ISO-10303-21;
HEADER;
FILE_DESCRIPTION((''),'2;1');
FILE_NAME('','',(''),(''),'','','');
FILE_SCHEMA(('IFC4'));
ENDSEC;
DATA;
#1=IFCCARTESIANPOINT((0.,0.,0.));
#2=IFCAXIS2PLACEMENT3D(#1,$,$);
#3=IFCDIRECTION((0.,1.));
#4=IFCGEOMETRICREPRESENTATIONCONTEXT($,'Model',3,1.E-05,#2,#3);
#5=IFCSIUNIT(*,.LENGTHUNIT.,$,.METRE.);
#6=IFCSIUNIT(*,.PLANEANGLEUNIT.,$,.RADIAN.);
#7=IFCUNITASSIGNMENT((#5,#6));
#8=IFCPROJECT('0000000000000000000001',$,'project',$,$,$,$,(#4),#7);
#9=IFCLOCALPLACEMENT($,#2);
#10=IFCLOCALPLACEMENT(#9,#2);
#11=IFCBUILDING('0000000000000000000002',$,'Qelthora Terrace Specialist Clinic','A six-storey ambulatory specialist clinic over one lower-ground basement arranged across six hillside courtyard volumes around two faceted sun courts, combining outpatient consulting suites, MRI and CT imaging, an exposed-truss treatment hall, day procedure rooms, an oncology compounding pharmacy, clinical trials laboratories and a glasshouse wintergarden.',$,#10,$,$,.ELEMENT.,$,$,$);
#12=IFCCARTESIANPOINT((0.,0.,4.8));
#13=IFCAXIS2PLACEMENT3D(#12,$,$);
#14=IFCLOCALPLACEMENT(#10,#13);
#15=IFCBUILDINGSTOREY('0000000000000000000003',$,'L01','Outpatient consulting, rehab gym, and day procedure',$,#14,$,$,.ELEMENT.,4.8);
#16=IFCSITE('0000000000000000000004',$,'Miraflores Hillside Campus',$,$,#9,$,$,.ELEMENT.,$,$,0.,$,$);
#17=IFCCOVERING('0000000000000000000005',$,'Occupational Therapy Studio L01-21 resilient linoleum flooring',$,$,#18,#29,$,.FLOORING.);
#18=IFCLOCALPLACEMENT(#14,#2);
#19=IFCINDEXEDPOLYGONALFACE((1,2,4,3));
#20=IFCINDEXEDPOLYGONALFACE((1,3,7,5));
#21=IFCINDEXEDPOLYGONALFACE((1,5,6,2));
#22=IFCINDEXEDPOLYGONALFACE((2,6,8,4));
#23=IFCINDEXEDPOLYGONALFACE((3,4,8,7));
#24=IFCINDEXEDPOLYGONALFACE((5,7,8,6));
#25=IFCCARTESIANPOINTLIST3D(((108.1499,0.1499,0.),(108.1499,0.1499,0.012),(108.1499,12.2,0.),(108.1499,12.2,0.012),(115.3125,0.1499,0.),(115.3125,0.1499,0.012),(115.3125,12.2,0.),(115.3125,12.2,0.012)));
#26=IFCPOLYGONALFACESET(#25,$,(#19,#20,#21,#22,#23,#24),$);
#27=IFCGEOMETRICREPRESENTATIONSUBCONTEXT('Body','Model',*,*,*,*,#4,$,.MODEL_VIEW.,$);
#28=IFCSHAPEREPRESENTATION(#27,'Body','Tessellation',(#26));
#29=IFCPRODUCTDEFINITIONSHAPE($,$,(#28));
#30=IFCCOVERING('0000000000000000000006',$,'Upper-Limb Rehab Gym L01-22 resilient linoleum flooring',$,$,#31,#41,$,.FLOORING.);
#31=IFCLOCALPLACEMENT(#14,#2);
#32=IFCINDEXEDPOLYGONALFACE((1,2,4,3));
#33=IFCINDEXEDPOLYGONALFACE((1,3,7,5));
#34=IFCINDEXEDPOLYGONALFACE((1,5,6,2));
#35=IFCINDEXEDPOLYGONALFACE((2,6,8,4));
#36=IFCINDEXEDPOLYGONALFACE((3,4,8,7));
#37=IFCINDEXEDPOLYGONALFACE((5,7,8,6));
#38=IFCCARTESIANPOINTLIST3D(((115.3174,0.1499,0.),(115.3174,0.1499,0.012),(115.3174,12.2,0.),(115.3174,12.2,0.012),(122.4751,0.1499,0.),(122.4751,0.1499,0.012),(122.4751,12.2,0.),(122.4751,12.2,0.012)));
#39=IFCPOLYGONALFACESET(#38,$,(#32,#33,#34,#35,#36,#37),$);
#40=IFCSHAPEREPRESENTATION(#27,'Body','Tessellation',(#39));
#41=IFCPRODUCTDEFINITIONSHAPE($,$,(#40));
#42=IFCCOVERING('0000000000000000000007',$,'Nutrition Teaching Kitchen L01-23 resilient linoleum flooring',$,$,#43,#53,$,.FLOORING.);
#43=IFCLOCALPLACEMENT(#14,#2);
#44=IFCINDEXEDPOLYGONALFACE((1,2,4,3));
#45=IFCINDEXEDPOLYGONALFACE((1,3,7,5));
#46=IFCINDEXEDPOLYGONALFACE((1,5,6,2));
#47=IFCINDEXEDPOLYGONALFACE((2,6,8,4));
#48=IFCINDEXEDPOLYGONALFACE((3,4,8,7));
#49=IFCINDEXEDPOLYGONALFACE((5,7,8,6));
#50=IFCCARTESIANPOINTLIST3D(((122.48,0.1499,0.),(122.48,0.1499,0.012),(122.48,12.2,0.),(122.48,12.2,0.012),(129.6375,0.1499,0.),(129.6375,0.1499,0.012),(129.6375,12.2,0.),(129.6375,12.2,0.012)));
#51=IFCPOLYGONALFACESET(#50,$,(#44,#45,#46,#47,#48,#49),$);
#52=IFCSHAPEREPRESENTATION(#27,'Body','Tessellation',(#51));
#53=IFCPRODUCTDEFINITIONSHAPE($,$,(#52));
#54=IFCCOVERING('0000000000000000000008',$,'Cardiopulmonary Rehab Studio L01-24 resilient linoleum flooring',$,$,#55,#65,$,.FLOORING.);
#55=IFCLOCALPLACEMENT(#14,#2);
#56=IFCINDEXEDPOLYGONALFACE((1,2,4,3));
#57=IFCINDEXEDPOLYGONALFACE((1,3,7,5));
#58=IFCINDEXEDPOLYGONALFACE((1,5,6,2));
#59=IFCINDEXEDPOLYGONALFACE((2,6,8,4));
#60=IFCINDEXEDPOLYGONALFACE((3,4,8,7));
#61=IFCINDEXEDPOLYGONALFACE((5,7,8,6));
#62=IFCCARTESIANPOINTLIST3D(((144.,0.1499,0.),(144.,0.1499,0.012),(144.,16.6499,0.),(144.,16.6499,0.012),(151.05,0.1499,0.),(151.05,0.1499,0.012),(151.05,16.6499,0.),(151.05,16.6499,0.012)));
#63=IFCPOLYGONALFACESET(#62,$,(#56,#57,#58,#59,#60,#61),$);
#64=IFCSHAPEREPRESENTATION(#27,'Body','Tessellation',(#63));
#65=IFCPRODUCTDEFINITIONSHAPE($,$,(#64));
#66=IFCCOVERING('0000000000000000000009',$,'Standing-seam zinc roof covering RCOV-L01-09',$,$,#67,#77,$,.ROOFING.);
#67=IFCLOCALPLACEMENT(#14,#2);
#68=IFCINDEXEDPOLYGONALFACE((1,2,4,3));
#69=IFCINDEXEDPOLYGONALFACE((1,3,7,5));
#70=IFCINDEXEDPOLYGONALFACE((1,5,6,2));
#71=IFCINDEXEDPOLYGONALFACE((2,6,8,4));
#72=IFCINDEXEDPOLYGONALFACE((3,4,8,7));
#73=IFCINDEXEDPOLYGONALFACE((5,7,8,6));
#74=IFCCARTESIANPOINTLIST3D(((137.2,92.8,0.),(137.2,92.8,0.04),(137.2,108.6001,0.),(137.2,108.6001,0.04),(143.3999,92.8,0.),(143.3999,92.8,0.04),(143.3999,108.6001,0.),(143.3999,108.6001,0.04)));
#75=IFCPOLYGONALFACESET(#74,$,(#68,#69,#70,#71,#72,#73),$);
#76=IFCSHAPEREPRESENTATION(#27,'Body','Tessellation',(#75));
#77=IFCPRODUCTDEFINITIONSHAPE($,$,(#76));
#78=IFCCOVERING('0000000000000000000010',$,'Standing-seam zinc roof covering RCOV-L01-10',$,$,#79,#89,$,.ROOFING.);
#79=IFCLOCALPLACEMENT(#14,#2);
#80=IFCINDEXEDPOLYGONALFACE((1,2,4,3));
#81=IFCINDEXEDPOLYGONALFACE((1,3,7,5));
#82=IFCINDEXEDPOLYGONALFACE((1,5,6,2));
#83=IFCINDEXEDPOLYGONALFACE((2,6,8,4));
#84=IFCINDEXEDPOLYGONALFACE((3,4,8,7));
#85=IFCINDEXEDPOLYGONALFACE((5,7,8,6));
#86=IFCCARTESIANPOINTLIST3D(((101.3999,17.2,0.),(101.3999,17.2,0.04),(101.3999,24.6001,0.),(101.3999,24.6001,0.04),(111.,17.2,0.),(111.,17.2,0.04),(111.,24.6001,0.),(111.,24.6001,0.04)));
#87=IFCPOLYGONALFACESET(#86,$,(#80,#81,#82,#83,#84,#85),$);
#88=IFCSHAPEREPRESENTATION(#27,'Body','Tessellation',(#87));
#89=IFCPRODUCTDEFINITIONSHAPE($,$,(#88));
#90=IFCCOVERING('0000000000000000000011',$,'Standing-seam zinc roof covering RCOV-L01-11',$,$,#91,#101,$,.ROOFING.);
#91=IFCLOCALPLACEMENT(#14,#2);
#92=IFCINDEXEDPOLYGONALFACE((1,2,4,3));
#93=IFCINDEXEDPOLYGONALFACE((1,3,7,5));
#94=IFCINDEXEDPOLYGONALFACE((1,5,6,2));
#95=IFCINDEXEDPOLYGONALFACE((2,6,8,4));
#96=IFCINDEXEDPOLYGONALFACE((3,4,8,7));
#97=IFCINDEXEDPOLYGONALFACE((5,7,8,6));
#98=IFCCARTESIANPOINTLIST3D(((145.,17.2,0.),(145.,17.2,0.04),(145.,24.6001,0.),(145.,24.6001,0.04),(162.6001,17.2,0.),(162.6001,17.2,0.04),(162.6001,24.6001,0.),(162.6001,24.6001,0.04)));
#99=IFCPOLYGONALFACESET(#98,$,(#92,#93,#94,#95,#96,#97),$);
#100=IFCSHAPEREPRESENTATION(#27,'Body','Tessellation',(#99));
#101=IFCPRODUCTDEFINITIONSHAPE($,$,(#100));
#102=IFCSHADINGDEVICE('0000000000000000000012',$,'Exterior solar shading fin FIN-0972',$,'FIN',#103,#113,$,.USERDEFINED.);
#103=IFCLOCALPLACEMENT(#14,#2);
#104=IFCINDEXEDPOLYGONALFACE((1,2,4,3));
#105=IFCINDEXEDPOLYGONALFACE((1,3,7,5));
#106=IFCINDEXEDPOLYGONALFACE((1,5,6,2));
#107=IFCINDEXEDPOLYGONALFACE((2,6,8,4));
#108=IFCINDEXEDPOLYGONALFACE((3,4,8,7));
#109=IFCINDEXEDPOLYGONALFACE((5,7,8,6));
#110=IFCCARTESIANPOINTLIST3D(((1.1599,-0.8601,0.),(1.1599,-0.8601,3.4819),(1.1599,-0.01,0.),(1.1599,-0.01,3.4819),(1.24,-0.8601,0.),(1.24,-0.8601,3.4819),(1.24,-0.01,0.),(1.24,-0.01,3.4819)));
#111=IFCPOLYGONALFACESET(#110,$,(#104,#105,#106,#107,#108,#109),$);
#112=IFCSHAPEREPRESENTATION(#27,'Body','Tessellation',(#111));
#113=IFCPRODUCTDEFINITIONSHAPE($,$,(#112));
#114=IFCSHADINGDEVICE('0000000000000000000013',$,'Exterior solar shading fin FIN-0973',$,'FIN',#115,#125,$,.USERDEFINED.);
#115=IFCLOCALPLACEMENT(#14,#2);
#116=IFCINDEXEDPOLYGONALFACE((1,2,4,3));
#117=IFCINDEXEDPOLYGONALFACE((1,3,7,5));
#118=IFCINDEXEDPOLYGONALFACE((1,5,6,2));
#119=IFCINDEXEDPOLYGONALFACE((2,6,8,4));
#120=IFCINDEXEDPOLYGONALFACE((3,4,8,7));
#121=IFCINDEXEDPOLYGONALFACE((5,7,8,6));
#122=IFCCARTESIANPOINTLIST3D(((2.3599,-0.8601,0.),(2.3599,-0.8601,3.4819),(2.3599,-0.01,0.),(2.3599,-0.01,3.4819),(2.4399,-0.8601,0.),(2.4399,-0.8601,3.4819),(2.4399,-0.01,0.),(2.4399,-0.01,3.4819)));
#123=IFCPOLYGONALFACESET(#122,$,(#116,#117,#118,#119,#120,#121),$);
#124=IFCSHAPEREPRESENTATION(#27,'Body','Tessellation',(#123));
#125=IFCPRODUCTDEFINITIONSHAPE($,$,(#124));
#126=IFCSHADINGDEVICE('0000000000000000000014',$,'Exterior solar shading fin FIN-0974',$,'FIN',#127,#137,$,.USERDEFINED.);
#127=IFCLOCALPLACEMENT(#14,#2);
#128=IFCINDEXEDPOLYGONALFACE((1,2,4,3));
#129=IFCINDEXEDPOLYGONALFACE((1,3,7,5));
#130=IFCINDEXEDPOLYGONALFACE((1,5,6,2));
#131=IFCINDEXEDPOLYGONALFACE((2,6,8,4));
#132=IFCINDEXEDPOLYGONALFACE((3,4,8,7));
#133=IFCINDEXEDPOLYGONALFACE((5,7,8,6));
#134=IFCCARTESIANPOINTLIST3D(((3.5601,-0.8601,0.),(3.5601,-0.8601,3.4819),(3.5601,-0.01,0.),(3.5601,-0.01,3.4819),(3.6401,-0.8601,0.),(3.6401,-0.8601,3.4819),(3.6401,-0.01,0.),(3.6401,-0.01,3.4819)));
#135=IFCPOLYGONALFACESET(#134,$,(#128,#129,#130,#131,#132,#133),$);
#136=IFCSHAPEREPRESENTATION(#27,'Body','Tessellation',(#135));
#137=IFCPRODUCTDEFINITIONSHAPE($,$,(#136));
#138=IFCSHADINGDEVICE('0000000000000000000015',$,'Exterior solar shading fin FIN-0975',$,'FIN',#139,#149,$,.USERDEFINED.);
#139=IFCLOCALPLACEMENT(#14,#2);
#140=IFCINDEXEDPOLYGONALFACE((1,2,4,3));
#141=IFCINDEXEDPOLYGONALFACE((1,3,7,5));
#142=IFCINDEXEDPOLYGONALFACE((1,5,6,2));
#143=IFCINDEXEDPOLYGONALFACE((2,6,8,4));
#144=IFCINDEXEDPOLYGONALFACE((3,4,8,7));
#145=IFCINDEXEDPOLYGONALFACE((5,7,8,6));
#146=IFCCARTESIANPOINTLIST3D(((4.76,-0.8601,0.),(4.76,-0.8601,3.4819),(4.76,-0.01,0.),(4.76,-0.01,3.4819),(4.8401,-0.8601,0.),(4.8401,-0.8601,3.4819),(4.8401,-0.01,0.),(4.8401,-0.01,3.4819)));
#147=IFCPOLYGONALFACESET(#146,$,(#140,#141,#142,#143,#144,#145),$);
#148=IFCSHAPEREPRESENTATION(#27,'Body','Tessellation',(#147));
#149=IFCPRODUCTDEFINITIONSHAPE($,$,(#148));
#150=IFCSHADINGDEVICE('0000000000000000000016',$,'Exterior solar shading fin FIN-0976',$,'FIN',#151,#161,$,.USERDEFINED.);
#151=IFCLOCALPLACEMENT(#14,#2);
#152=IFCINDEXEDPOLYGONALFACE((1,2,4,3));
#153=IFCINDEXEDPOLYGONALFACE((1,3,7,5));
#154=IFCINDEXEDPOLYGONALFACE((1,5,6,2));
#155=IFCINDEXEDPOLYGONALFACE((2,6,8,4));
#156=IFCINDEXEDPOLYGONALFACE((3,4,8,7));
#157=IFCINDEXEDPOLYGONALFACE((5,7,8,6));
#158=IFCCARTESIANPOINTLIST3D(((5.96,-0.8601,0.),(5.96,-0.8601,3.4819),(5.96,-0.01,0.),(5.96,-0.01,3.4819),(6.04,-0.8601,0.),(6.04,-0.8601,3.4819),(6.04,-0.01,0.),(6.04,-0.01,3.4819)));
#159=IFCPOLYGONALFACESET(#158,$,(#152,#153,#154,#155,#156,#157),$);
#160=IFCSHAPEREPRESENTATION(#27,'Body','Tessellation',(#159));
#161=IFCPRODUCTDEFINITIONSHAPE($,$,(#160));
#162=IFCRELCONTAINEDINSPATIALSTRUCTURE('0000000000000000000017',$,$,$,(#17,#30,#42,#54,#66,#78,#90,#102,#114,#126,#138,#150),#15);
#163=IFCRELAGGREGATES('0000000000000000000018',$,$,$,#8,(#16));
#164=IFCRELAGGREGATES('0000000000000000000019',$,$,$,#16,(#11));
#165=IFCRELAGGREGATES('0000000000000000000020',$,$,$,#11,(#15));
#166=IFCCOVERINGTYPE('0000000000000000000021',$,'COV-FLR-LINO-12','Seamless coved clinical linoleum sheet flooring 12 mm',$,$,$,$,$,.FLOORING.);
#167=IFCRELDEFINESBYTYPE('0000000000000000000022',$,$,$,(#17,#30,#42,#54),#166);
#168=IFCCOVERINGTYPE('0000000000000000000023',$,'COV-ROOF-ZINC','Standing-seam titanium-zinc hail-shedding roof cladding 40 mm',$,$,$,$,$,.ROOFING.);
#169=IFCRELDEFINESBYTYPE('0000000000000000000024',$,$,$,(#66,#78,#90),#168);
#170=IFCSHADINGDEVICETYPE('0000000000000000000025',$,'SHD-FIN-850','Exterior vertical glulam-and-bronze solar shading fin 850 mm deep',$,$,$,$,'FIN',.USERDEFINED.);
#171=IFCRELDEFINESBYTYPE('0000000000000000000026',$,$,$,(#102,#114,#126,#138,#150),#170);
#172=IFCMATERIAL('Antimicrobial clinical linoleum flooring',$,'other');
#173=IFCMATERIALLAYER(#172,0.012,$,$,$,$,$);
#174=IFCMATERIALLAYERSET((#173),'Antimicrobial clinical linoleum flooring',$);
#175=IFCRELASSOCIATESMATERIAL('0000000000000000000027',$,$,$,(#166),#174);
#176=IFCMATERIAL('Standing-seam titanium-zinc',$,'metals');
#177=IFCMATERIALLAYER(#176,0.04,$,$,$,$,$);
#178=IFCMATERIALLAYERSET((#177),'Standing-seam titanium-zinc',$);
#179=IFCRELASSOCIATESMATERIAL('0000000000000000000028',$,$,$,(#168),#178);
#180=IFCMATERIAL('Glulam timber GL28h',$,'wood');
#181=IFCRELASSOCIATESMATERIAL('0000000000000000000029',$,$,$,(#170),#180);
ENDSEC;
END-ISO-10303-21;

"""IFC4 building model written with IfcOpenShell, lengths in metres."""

from ifc_helpers import new_model, si_unit, direction, frame, origin, origin_2d, place, context, subcontext, project, spatial, polyline, rectangle, outline, extrude, material, layer, layer_set, type_object, element, save


model = new_model("IFC4")

# Units and contexts
model_context = context("Model", 3, precision=1e-05, world=origin(), true_north=direction((0.0, 1.0)))
body_context = subcontext(model_context, "Body", "Model", "MODEL_VIEW")
ifc_project = project(units=[si_unit("LENGTHUNIT", "METRE"), si_unit("PLANEANGLEUNIT", "RADIAN")], contexts=[model_context])

# Site, building, storey
site_placement = place(None, origin())
site = spatial("IfcSite", under=ifc_project, at=site_placement, Name="Miraflores Hillside Campus", CompositionType="ELEMENT", RefElevation=0.0)
building_placement = place(site_placement, origin())
building = spatial("IfcBuilding", under=site, at=building_placement, Name="Qelthora Terrace Specialist Clinic", Description="A six-storey ambulatory specialist clinic over one lower-ground basement arranged across six hillside courtyard volumes around two faceted sun courts, combining outpatient consulting suites, MRI and CT imaging, an exposed-truss treatment hall, day procedure rooms, an oncology compounding pharmacy, clinical trials laboratories and a glasshouse wintergarden.", CompositionType="ELEMENT")
storey_placement = place(building_placement, frame((0.0, 0.0, 4.8)))
storey = spatial("IfcBuildingStorey", under=building, at=storey_placement, Name="L01", Description="Outpatient consulting, rehab gym, and day procedure", CompositionType="ELEMENT", Elevation=4.8)

# Coverings
ifc_material_1 = material(Name="Antimicrobial clinical linoleum flooring", Category="other")
ifc_layer_1 = layer(ifc_material_1, 0.012)
ifc_layer_set_1 = layer_set([ifc_layer_1], Name="Antimicrobial clinical linoleum flooring")
covering_type_1 = type_object("IfcCoveringType", Name="COV-FLR-LINO-12", Description="Seamless coved clinical linoleum sheet flooring 12 mm", PredefinedType="FLOORING", material=ifc_layer_set_1)
covering_1_placement = place(storey_placement, origin())
element("IfcCovering", 1, at=covering_1_placement, inside=storey, type_object=covering_type_1, Name="Occupational Therapy Studio L01-21 resilient linoleum flooring", PredefinedType="FLOORING", context=body_context, shape_type="SweptSolid", body=[
    extrude(outline(polyline([(108.1499, 0.1499), (108.1499, 12.2), (115.3125, 12.2), (115.3125, 0.1499), (108.1499, 0.1499)])), origin(), (0.0, 0.0, 1.0), 0.012),
])
covering_2_placement = place(storey_placement, origin())
element("IfcCovering", 2, at=covering_2_placement, inside=storey, type_object=covering_type_1, Name="Upper-Limb Rehab Gym L01-22 resilient linoleum flooring", PredefinedType="FLOORING", context=body_context, shape_type="SweptSolid", body=[
    extrude(outline(polyline([(115.3174, 0.1499), (115.3174, 12.2), (122.4751, 12.2), (122.4751, 0.1499), (115.3174, 0.1499)])), origin(), (0.0, 0.0, 1.0), 0.012),
])
covering_3_placement = place(storey_placement, origin())
element("IfcCovering", 3, at=covering_3_placement, inside=storey, type_object=covering_type_1, Name="Nutrition Teaching Kitchen L01-23 resilient linoleum flooring", PredefinedType="FLOORING", context=body_context, shape_type="SweptSolid", body=[
    extrude(outline(polyline([(122.48, 0.1499), (122.48, 12.2), (129.6375, 12.2), (129.6375, 0.1499), (122.48, 0.1499)])), origin(), (0.0, 0.0, 1.0), 0.012),
])
covering_4_placement = place(storey_placement, origin())
element("IfcCovering", 4, at=covering_4_placement, inside=storey, type_object=covering_type_1, Name="Cardiopulmonary Rehab Studio L01-24 resilient linoleum flooring", PredefinedType="FLOORING", context=body_context, shape_type="SweptSolid", body=[
    extrude(outline(polyline([(144.0, 0.1499), (144.0, 16.6499), (151.05, 16.6499), (151.05, 0.1499), (144.0, 0.1499)])), origin(), (0.0, 0.0, 1.0), 0.012),
])
ifc_material_2 = material(Name="Standing-seam titanium-zinc", Category="metals")
ifc_layer_2 = layer(ifc_material_2, 0.04)
ifc_layer_set_2 = layer_set([ifc_layer_2], Name="Standing-seam titanium-zinc")
covering_type_2 = type_object("IfcCoveringType", Name="COV-ROOF-ZINC", Description="Standing-seam titanium-zinc hail-shedding roof cladding 40 mm", PredefinedType="ROOFING", material=ifc_layer_set_2)
covering_5_placement = place(storey_placement, origin())
element("IfcCovering", 5, at=covering_5_placement, inside=storey, type_object=covering_type_2, Name="Standing-seam zinc roof covering RCOV-L01-09", PredefinedType="ROOFING", context=body_context, shape_type="SweptSolid", body=[
    extrude(outline(polyline([(137.2, 92.8), (143.3999, 92.8), (143.3999, 108.6001), (137.2, 108.6001), (137.2, 92.8)])), origin(), (0.0, 0.0, 1.0), 0.04),
])
covering_6_placement = place(storey_placement, origin())
element("IfcCovering", 6, at=covering_6_placement, inside=storey, type_object=covering_type_2, Name="Standing-seam zinc roof covering RCOV-L01-10", PredefinedType="ROOFING", context=body_context, shape_type="SweptSolid", body=[
    extrude(outline(polyline([(101.3999, 17.2), (111.0, 17.2), (111.0, 24.6001), (101.3999, 24.6001), (101.3999, 17.2)])), origin(), (0.0, 0.0, 1.0), 0.04),
])
covering_7_placement = place(storey_placement, origin())
element("IfcCovering", 7, at=covering_7_placement, inside=storey, type_object=covering_type_2, Name="Standing-seam zinc roof covering RCOV-L01-11", PredefinedType="ROOFING", context=body_context, shape_type="SweptSolid", body=[
    extrude(outline(polyline([(145.0, 17.2), (162.6001, 17.2), (162.6001, 24.6001), (145.0, 24.6001), (145.0, 17.2)])), origin(), (0.0, 0.0, 1.0), 0.04),
])

# Shading devices
ifc_material_3 = material(Name="Glulam timber GL28h", Category="wood")
shading_device_type = type_object("IfcShadingDeviceType", Name="SHD-FIN-850", Description="Exterior vertical glulam-and-bronze solar shading fin 850 mm deep", ElementType="FIN", PredefinedType="USERDEFINED", material=ifc_material_3)
for number, where, z_axis, x_axis, name in (
    (8, (1.2, -0.4351, 0.0), (0.0, 0.0, 1.0), (0.0, -1.0, 0.0), "Exterior solar shading fin FIN-0972"),
    (9, (2.3999, -0.4351, 0.0), (0.0, 0.0, 1.0), (0.0, -1.0, 0.0), "Exterior solar shading fin FIN-0973"),
    (10, (3.6001, -0.4351, 0.0), (0.0, 0.0, 1.0), (0.0, -1.0, 0.0), "Exterior solar shading fin FIN-0974"),
    (11, (4.8, -0.4351, 0.0), (0.0, 0.0, 1.0), (0.0, -1.0, 0.0), "Exterior solar shading fin FIN-0975"),
    (12, (6.0, -0.4351, 0.0), (0.0, 0.0, 1.0), (0.0, -1.0, 0.0), "Exterior solar shading fin FIN-0976"),
):
    element("IfcShadingDevice", number, at=place(storey_placement, frame(where, z_axis=z_axis, x_axis=x_axis)), inside=storey, type_object=shading_device_type, Name=name, ObjectType="FIN", PredefinedType="USERDEFINED", context=body_context, shape_type="SweptSolid", body=[
        extrude(rectangle(XDim=0.8501, YDim=0.0801, at=origin_2d()), origin(), (0.0, 0.0, 1.0), 3.4819),
    ])

save(model, "model.ifc")
